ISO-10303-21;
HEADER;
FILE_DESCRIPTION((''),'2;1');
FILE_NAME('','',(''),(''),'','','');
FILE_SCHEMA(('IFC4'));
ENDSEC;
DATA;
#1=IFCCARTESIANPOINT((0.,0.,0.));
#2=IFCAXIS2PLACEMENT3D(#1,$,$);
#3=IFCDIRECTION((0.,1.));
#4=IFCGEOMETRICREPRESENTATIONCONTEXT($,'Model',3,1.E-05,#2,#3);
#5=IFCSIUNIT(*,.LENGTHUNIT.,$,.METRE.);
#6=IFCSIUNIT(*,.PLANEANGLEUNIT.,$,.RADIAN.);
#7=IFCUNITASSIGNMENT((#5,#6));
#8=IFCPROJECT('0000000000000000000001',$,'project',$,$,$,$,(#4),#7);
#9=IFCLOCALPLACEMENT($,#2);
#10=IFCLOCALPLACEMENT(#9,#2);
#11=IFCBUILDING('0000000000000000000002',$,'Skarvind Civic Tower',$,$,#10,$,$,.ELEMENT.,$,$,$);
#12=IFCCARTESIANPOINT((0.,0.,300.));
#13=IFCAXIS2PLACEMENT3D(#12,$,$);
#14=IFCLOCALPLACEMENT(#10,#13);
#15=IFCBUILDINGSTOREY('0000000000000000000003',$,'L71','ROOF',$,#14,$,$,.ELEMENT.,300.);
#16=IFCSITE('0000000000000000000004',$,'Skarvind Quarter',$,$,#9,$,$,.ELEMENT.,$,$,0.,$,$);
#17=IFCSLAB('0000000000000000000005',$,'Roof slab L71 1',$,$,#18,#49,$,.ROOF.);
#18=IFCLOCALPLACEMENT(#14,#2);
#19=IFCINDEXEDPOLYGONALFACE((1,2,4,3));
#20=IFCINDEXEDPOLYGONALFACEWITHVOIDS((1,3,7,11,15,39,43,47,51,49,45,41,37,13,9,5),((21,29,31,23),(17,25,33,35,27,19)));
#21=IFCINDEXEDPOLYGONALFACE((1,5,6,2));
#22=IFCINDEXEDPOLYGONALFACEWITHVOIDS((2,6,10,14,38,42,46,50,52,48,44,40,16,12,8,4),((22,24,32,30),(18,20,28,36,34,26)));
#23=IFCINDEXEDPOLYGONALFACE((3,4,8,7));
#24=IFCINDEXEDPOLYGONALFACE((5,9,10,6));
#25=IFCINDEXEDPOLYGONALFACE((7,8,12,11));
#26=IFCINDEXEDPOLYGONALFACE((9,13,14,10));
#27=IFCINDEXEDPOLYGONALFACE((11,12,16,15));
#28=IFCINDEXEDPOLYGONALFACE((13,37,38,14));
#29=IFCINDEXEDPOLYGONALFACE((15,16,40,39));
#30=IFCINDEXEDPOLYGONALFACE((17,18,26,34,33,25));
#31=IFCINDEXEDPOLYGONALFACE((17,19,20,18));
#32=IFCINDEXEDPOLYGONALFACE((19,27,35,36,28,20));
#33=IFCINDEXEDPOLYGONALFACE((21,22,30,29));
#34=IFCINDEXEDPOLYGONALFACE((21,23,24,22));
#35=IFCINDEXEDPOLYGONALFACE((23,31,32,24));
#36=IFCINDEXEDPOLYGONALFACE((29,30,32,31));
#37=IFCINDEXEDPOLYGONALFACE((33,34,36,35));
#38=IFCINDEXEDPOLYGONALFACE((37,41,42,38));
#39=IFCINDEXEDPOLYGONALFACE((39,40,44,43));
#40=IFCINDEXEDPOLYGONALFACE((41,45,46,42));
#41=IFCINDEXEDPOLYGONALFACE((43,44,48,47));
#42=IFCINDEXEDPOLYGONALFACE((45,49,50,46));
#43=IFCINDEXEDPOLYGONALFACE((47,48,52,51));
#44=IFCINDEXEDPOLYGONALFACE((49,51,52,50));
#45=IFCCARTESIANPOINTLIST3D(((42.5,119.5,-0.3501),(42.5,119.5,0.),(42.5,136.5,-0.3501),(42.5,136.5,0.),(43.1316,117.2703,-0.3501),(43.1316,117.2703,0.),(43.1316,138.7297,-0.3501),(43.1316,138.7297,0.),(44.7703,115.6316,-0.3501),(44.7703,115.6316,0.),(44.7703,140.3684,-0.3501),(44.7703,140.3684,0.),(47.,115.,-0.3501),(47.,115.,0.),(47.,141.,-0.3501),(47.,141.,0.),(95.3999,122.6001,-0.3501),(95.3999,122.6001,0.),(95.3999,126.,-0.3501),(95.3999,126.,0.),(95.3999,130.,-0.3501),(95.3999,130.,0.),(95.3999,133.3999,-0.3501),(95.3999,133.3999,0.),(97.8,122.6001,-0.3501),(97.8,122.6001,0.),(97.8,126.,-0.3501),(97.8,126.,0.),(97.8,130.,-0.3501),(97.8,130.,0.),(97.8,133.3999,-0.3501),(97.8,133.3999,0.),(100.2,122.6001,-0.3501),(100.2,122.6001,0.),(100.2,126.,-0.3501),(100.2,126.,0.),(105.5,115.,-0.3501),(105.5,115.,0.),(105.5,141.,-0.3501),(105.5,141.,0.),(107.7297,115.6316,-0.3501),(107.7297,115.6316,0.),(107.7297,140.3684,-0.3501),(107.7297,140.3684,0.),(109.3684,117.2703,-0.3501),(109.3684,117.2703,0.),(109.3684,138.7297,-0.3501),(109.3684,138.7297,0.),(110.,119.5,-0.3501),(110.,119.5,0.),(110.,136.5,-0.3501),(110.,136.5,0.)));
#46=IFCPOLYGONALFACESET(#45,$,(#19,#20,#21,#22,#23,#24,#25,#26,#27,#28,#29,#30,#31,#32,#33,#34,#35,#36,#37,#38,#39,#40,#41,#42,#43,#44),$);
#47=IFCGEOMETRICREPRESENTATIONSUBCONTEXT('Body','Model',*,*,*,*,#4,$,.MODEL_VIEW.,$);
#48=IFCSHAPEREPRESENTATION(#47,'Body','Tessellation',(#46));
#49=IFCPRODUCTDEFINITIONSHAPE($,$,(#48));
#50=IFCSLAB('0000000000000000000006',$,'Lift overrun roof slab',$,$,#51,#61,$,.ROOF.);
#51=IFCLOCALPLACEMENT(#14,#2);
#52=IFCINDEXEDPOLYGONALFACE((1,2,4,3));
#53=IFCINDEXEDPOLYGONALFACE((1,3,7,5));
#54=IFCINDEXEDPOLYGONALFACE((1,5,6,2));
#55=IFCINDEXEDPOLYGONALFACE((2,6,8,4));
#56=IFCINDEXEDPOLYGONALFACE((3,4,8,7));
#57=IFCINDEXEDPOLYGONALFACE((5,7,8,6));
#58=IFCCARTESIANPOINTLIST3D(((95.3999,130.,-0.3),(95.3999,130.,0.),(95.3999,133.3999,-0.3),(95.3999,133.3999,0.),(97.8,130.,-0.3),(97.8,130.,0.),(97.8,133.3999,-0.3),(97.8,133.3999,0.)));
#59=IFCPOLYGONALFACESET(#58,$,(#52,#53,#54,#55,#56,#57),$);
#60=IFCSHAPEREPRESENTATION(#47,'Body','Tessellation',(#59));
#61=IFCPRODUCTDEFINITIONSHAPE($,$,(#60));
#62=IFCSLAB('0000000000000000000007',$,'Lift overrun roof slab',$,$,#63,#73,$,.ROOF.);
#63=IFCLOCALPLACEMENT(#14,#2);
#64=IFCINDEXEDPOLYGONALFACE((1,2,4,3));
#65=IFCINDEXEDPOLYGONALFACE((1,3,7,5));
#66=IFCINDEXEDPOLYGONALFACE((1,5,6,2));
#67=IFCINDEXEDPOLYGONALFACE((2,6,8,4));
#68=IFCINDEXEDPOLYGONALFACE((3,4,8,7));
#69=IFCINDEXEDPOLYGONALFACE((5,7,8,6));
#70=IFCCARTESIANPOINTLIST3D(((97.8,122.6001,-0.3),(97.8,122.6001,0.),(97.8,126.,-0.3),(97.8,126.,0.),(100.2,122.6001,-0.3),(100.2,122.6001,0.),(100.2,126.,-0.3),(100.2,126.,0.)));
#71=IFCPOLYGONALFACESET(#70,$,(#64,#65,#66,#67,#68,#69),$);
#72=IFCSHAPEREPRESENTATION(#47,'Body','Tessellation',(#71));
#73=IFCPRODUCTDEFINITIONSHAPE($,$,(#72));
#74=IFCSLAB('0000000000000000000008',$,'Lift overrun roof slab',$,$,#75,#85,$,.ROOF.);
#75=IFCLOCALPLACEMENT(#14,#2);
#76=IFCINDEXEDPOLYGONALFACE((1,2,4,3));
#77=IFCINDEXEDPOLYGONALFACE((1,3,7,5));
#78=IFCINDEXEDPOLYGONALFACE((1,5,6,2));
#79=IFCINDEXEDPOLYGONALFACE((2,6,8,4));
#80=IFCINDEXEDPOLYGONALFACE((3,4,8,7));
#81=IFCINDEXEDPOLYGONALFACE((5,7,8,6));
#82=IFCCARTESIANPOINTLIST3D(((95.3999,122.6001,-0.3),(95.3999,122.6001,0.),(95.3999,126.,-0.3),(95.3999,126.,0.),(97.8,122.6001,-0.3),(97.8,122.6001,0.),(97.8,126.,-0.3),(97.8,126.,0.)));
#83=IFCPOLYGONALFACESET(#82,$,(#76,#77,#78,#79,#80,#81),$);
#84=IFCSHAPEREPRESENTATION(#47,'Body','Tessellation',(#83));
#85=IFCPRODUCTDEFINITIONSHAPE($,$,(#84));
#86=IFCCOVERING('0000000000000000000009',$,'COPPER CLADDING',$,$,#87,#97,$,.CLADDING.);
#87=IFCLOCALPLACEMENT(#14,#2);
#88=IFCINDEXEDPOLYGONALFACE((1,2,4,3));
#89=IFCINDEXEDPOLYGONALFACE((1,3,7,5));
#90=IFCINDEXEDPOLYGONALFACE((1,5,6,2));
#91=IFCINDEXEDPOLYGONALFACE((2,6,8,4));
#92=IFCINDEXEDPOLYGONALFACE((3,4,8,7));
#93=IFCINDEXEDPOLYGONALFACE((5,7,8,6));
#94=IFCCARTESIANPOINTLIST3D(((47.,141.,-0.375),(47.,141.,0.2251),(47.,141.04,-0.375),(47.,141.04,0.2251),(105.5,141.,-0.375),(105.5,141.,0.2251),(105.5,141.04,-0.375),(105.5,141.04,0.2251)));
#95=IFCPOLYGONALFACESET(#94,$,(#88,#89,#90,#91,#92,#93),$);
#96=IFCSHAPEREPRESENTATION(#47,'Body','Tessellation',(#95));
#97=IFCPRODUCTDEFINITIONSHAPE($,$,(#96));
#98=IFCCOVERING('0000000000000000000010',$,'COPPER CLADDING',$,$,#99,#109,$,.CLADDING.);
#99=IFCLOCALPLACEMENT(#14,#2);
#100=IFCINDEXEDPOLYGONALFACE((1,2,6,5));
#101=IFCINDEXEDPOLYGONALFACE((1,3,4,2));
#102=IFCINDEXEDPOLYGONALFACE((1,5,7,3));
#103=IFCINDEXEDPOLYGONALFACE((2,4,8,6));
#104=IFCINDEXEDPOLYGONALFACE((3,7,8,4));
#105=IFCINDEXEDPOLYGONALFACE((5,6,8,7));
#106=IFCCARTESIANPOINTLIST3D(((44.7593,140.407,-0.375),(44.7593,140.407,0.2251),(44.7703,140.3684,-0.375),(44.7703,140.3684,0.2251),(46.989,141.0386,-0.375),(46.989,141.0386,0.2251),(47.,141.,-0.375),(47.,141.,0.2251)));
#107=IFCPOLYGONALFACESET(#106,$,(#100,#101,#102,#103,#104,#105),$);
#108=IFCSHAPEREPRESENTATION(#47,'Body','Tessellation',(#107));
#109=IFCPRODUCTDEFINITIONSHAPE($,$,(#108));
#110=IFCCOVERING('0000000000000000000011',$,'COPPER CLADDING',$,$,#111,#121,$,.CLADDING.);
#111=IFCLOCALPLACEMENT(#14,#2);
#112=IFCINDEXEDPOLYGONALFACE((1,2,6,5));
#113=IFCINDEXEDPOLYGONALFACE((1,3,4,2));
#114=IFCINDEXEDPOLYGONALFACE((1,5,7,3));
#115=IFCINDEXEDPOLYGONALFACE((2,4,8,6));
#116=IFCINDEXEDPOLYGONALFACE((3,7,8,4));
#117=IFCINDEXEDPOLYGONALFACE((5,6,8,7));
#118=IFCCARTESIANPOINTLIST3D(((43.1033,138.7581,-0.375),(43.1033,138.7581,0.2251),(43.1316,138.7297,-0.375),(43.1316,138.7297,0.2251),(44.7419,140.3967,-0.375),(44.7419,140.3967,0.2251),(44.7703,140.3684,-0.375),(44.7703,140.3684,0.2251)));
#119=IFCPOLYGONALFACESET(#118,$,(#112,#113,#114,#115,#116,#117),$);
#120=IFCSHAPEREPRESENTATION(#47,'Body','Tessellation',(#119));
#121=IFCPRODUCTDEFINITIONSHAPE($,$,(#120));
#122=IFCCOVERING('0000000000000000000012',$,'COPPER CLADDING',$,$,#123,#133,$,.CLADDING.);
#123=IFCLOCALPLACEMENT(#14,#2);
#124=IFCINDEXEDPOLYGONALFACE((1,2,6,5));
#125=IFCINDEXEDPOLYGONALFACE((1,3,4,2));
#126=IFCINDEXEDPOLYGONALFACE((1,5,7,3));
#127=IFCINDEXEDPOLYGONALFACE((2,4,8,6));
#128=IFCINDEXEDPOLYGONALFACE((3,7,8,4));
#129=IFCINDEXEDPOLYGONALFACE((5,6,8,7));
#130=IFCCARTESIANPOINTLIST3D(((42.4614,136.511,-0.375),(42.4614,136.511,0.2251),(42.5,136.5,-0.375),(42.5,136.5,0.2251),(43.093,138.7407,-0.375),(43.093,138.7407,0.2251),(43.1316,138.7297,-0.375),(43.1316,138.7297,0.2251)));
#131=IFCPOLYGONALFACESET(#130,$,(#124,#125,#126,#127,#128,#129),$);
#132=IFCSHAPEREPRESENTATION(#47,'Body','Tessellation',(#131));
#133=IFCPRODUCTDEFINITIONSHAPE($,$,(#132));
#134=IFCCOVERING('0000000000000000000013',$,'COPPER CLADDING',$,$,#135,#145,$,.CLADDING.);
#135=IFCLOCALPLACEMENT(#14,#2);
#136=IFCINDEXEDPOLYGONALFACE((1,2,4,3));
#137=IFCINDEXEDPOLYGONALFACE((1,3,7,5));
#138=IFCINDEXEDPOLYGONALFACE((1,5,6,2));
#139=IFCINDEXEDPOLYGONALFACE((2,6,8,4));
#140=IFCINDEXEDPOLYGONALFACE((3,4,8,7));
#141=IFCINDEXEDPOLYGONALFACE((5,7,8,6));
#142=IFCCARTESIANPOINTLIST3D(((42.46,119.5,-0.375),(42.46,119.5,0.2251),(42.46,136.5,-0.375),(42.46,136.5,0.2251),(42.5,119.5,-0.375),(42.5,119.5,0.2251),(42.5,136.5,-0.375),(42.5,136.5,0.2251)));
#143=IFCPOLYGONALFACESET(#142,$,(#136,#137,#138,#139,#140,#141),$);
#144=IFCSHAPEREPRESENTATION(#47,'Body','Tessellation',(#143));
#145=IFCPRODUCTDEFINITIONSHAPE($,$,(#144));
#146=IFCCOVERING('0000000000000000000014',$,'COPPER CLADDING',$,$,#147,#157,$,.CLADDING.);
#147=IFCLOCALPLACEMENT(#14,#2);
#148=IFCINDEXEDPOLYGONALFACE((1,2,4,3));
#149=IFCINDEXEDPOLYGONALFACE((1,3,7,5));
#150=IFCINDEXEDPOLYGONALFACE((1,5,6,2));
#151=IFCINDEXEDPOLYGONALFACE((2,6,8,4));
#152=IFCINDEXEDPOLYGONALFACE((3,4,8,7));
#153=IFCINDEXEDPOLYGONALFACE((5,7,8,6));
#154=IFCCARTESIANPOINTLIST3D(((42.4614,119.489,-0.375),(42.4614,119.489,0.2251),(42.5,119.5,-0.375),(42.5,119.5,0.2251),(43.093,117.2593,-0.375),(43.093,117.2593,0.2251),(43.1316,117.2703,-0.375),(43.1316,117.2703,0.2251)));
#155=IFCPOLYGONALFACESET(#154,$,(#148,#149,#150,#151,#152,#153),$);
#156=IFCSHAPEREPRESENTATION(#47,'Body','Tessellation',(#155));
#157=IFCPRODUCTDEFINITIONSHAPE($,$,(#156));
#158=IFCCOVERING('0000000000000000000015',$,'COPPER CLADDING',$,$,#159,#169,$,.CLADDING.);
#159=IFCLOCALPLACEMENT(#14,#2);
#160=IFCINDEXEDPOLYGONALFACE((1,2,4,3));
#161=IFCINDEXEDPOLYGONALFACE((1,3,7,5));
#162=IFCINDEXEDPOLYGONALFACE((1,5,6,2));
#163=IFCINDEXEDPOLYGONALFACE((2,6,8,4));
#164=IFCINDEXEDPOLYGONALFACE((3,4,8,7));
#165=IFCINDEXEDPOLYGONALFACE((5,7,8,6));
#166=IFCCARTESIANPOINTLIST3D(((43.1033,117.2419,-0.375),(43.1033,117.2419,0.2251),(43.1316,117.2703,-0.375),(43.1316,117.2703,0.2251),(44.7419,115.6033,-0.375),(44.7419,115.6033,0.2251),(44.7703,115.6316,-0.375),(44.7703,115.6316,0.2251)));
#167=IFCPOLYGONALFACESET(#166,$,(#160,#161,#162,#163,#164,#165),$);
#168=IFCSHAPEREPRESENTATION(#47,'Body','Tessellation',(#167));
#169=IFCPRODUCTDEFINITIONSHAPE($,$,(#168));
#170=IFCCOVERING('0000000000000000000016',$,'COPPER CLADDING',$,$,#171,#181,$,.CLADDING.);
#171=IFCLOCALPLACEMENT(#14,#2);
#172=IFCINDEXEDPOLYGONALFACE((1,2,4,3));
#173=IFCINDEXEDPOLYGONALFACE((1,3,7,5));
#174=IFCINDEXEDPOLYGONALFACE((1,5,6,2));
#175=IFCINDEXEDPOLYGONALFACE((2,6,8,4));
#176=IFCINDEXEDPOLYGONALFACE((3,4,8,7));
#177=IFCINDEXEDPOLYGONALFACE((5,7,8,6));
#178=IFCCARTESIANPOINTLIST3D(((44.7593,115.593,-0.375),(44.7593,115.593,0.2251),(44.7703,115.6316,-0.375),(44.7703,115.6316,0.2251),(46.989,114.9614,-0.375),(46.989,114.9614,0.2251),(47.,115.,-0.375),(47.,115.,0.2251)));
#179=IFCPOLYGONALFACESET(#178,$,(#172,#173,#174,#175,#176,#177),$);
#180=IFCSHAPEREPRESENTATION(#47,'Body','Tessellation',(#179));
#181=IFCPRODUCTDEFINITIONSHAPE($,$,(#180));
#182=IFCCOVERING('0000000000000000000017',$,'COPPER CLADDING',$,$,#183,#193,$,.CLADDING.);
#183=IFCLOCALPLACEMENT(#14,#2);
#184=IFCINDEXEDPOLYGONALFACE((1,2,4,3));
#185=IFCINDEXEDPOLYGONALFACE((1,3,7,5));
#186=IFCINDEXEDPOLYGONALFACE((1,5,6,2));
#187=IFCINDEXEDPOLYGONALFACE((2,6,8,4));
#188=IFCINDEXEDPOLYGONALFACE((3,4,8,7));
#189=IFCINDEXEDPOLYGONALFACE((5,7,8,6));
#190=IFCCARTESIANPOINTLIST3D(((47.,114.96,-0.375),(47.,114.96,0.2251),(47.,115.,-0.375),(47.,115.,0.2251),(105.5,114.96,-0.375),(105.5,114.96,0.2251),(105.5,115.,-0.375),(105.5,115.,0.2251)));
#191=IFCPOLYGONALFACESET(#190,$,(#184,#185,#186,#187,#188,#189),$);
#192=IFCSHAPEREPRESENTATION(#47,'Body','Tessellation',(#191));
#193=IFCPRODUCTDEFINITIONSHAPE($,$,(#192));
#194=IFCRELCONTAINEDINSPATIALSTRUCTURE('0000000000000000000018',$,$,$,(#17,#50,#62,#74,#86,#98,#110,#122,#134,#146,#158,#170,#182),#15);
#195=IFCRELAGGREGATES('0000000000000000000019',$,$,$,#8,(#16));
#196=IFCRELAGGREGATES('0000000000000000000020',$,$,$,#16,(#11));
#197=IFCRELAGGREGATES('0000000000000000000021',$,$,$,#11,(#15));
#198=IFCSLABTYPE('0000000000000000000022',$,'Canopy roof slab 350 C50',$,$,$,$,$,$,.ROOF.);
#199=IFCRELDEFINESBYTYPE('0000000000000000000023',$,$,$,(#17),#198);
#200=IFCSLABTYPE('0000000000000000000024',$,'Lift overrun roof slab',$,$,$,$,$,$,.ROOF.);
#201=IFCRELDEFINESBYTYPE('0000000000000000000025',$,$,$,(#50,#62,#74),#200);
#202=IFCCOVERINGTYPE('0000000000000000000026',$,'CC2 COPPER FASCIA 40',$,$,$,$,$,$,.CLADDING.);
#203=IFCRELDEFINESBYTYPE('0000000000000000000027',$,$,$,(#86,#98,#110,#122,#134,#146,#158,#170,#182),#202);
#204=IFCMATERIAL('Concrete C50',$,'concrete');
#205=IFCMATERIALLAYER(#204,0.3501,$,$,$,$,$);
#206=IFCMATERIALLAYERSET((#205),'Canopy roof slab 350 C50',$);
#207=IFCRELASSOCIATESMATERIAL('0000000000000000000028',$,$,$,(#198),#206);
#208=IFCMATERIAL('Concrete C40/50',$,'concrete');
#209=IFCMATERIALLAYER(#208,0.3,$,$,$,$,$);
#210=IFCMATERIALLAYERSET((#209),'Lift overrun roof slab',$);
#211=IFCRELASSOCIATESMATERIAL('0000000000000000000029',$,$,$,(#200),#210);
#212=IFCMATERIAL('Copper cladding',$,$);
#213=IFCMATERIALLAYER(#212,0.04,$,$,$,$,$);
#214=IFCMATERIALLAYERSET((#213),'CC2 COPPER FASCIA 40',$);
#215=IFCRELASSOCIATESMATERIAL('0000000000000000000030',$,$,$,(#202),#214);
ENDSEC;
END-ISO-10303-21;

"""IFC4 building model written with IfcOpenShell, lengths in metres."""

from ifc_helpers import new_model, si_unit, direction, frame, origin, place, context, subcontext, project, spatial, polyline, outline, extrude, material, layer, layer_set, type_object, element, save


model = new_model("IFC4")

# Units and contexts
model_context = context("Model", 3, precision=1e-05, world=origin(), true_north=direction((0.0, 1.0)))
body_context = subcontext(model_context, "Body", "Model", "MODEL_VIEW")
ifc_project = project(units=[si_unit("LENGTHUNIT", "METRE"), si_unit("PLANEANGLEUNIT", "RADIAN")], contexts=[model_context])

# Site, building, storey
site_placement = place(None, origin())
site = spatial("IfcSite", under=ifc_project, at=site_placement, Name="Skarvind Quarter", CompositionType="ELEMENT", RefElevation=0.0)
building_placement = place(site_placement, origin())
building = spatial("IfcBuilding", under=site, at=building_placement, Name="Skarvind Civic Tower", CompositionType="ELEMENT")
storey_placement = place(building_placement, frame((0.0, 0.0, 300.0)))
storey = spatial("IfcBuildingStorey", under=building, at=storey_placement, Name="L71", Description="ROOF", CompositionType="ELEMENT", Elevation=300.0)

# Slabs
ifc_material_1 = material(Name="Concrete C50", Category="concrete")
ifc_layer_1 = layer(ifc_material_1, 0.3501)
ifc_layer_set_1 = layer_set([ifc_layer_1], Name="Canopy roof slab 350 C50")
slab_type_1 = type_object("IfcSlabType", Name="Canopy roof slab 350 C50", PredefinedType="ROOF", material=ifc_layer_set_1)
slab_1_placement = place(storey_placement, frame((0.0, 0.0, -0.3501)))
element("IfcSlab", 1, at=slab_1_placement, inside=storey, type_object=slab_type_1, Name="Roof slab L71 1", PredefinedType="ROOF", context=body_context, shape_type="SweptSolid", body=[
    extrude(outline(polyline([(105.5, 141.0), (47.0, 141.0), (44.7703, 140.3684), (43.1316, 138.7297), (42.5, 136.5), (42.5, 119.5), (43.1316, 117.2703), (44.7703, 115.6316), (47.0, 115.0), (105.5, 115.0), (107.7297, 115.6316), (109.3684, 117.2703), (110.0, 119.5), (110.0, 136.5), (109.3684, 138.7297), (107.7297, 140.3684), (105.5, 141.0)]), holes=[polyline([(95.3999, 122.6001), (95.3999, 126.0), (97.8, 126.0), (100.2, 126.0), (100.2, 122.6001), (97.8, 122.6001), (95.3999, 122.6001)]), polyline([(95.3999, 130.0), (95.3999, 133.3999), (97.8, 133.3999), (97.8, 130.0), (95.3999, 130.0)])]), origin(), (0.0, 0.0, 1.0), 0.3501),
])
ifc_material_2 = material(Name="Concrete C40/50", Category="concrete")
ifc_layer_2 = layer(ifc_material_2, 0.3)
ifc_layer_set_2 = layer_set([ifc_layer_2], Name="Lift overrun roof slab")
slab_type_2 = type_object("IfcSlabType", Name="Lift overrun roof slab", PredefinedType="ROOF", material=ifc_layer_set_2)
slab_2_placement = place(storey_placement, frame((0.0, 0.0, -0.3)))
element("IfcSlab", 2, at=slab_2_placement, inside=storey, type_object=slab_type_2, Name="Lift overrun roof slab", PredefinedType="ROOF", context=body_context, shape_type="SweptSolid", body=[
    extrude(outline(polyline([(97.8, 133.3999), (95.3999, 133.3999), (95.3999, 130.0), (97.8, 130.0), (97.8, 133.3999)])), origin(), (0.0, 0.0, 1.0), 0.3),
])
slab_3_placement = place(storey_placement, frame((0.0, 0.0, -0.3)))
element("IfcSlab", 3, at=slab_3_placement, inside=storey, type_object=slab_type_2, Name="Lift overrun roof slab", PredefinedType="ROOF", context=body_context, shape_type="SweptSolid", body=[
    extrude(outline(polyline([(100.2, 126.0), (97.8, 126.0), (97.8, 122.6001), (100.2, 122.6001), (100.2, 126.0)])), origin(), (0.0, 0.0, 1.0), 0.3),
])
slab_4_placement = place(storey_placement, frame((0.0, 0.0, -0.3)))
element("IfcSlab", 4, at=slab_4_placement, inside=storey, type_object=slab_type_2, Name="Lift overrun roof slab", PredefinedType="ROOF", context=body_context, shape_type="SweptSolid", body=[
    extrude(outline(polyline([(97.8, 126.0), (95.3999, 126.0), (95.3999, 122.6001), (97.8, 122.6001), (97.8, 126.0)])), origin(), (0.0, 0.0, 1.0), 0.3),
])

# Coverings
ifc_material_3 = material(Name="Copper cladding")
ifc_layer_3 = layer(ifc_material_3, 0.04)
ifc_layer_set_3 = layer_set([ifc_layer_3], Name="CC2 COPPER FASCIA 40")
covering_type = type_object("IfcCoveringType", Name="CC2 COPPER FASCIA 40", PredefinedType="CLADDING", material=ifc_layer_set_3)
covering_1_placement = place(storey_placement, frame((0.0, 0.0, -0.375)))
element("IfcCovering", 5, at=covering_1_placement, inside=storey, type_object=covering_type, Name="COPPER CLADDING", PredefinedType="CLADDING", context=body_context, shape_type="SweptSolid", body=[
    extrude(outline(polyline([(105.5, 141.0), (47.0, 141.0), (47.0, 141.04), (105.5, 141.04), (105.5, 141.0)])), origin(), (0.0, 0.0, 1.0), 0.6001),
])
covering_2_placement = place(storey_placement, frame((0.0, 0.0, -0.375)))
element("IfcCovering", 6, at=covering_2_placement, inside=storey, type_object=covering_type, Name="COPPER CLADDING", PredefinedType="CLADDING", context=body_context, shape_type="SweptSolid", body=[
    extrude(outline(polyline([(47.0, 141.0), (44.7703, 140.3684), (44.7593, 140.407), (46.989, 141.0386), (47.0, 141.0)])), origin(), (0.0, 0.0, 1.0), 0.6001),
])
covering_3_placement = place(storey_placement, frame((0.0, 0.0, -0.375)))
element("IfcCovering", 7, at=covering_3_placement, inside=storey, type_object=covering_type, Name="COPPER CLADDING", PredefinedType="CLADDING", context=body_context, shape_type="SweptSolid", body=[
    extrude(outline(polyline([(44.7703, 140.3684), (43.1316, 138.7297), (43.1033, 138.7581), (44.7419, 140.3967), (44.7703, 140.3684)])), origin(), (0.0, 0.0, 1.0), 0.6001),
])
covering_4_placement = place(storey_placement, frame((0.0, 0.0, -0.375)))
element("IfcCovering", 8, at=covering_4_placement, inside=storey, type_object=covering_type, Name="COPPER CLADDING", PredefinedType="CLADDING", context=body_context, shape_type="SweptSolid", body=[
    extrude(outline(polyline([(43.1316, 138.7297), (42.5, 136.5), (42.4614, 136.511), (43.093, 138.7407), (43.1316, 138.7297)])), origin(), (0.0, 0.0, 1.0), 0.6001),
])
covering_5_placement = place(storey_placement, frame((0.0, 0.0, -0.375)))
element("IfcCovering", 9, at=covering_5_placement, inside=storey, type_object=covering_type, Name="COPPER CLADDING", PredefinedType="CLADDING", context=body_context, shape_type="SweptSolid", body=[
    extrude(outline(polyline([(42.5, 136.5), (42.5, 119.5), (42.46, 119.5), (42.46, 136.5), (42.5, 136.5)])), origin(), (0.0, 0.0, 1.0), 0.6001),
])
covering_6_placement = place(storey_placement, frame((0.0, 0.0, -0.375)))
element("IfcCovering", 10, at=covering_6_placement, inside=storey, type_object=covering_type, Name="COPPER CLADDING", PredefinedType="CLADDING", context=body_context, shape_type="SweptSolid", body=[
    extrude(outline(polyline([(42.5, 119.5), (43.1316, 117.2703), (43.093, 117.2593), (42.4614, 119.489), (42.5, 119.5)])), origin(), (0.0, 0.0, 1.0), 0.6001),
])
covering_7_placement = place(storey_placement, frame((0.0, 0.0, -0.375)))
element("IfcCovering", 11, at=covering_7_placement, inside=storey, type_object=covering_type, Name="COPPER CLADDING", PredefinedType="CLADDING", context=body_context, shape_type="SweptSolid", body=[
    extrude(outline(polyline([(43.1316, 117.2703), (44.7703, 115.6316), (44.7419, 115.6033), (43.1033, 117.2419), (43.1316, 117.2703)])), origin(), (0.0, 0.0, 1.0), 0.6001),
])
covering_8_placement = place(storey_placement, frame((0.0, 0.0, -0.375)))
element("IfcCovering", 12, at=covering_8_placement, inside=storey, type_object=covering_type, Name="COPPER CLADDING", PredefinedType="CLADDING", context=body_context, shape_type="SweptSolid", body=[
    extrude(outline(polyline([(44.7703, 115.6316), (47.0, 115.0), (46.989, 114.9614), (44.7593, 115.593), (44.7703, 115.6316)])), origin(), (0.0, 0.0, 1.0), 0.6001),
])
covering_9_placement = place(storey_placement, frame((0.0, 0.0, -0.375)))
element("IfcCovering", 13, at=covering_9_placement, inside=storey, type_object=covering_type, Name="COPPER CLADDING", PredefinedType="CLADDING", context=body_context, shape_type="SweptSolid", body=[
    extrude(outline(polyline([(47.0, 115.0), (105.5, 115.0), (105.5, 114.96), (47.0, 114.96), (47.0, 115.0)])), origin(), (0.0, 0.0, 1.0), 0.6001),
])

save(model, "model.ifc")
